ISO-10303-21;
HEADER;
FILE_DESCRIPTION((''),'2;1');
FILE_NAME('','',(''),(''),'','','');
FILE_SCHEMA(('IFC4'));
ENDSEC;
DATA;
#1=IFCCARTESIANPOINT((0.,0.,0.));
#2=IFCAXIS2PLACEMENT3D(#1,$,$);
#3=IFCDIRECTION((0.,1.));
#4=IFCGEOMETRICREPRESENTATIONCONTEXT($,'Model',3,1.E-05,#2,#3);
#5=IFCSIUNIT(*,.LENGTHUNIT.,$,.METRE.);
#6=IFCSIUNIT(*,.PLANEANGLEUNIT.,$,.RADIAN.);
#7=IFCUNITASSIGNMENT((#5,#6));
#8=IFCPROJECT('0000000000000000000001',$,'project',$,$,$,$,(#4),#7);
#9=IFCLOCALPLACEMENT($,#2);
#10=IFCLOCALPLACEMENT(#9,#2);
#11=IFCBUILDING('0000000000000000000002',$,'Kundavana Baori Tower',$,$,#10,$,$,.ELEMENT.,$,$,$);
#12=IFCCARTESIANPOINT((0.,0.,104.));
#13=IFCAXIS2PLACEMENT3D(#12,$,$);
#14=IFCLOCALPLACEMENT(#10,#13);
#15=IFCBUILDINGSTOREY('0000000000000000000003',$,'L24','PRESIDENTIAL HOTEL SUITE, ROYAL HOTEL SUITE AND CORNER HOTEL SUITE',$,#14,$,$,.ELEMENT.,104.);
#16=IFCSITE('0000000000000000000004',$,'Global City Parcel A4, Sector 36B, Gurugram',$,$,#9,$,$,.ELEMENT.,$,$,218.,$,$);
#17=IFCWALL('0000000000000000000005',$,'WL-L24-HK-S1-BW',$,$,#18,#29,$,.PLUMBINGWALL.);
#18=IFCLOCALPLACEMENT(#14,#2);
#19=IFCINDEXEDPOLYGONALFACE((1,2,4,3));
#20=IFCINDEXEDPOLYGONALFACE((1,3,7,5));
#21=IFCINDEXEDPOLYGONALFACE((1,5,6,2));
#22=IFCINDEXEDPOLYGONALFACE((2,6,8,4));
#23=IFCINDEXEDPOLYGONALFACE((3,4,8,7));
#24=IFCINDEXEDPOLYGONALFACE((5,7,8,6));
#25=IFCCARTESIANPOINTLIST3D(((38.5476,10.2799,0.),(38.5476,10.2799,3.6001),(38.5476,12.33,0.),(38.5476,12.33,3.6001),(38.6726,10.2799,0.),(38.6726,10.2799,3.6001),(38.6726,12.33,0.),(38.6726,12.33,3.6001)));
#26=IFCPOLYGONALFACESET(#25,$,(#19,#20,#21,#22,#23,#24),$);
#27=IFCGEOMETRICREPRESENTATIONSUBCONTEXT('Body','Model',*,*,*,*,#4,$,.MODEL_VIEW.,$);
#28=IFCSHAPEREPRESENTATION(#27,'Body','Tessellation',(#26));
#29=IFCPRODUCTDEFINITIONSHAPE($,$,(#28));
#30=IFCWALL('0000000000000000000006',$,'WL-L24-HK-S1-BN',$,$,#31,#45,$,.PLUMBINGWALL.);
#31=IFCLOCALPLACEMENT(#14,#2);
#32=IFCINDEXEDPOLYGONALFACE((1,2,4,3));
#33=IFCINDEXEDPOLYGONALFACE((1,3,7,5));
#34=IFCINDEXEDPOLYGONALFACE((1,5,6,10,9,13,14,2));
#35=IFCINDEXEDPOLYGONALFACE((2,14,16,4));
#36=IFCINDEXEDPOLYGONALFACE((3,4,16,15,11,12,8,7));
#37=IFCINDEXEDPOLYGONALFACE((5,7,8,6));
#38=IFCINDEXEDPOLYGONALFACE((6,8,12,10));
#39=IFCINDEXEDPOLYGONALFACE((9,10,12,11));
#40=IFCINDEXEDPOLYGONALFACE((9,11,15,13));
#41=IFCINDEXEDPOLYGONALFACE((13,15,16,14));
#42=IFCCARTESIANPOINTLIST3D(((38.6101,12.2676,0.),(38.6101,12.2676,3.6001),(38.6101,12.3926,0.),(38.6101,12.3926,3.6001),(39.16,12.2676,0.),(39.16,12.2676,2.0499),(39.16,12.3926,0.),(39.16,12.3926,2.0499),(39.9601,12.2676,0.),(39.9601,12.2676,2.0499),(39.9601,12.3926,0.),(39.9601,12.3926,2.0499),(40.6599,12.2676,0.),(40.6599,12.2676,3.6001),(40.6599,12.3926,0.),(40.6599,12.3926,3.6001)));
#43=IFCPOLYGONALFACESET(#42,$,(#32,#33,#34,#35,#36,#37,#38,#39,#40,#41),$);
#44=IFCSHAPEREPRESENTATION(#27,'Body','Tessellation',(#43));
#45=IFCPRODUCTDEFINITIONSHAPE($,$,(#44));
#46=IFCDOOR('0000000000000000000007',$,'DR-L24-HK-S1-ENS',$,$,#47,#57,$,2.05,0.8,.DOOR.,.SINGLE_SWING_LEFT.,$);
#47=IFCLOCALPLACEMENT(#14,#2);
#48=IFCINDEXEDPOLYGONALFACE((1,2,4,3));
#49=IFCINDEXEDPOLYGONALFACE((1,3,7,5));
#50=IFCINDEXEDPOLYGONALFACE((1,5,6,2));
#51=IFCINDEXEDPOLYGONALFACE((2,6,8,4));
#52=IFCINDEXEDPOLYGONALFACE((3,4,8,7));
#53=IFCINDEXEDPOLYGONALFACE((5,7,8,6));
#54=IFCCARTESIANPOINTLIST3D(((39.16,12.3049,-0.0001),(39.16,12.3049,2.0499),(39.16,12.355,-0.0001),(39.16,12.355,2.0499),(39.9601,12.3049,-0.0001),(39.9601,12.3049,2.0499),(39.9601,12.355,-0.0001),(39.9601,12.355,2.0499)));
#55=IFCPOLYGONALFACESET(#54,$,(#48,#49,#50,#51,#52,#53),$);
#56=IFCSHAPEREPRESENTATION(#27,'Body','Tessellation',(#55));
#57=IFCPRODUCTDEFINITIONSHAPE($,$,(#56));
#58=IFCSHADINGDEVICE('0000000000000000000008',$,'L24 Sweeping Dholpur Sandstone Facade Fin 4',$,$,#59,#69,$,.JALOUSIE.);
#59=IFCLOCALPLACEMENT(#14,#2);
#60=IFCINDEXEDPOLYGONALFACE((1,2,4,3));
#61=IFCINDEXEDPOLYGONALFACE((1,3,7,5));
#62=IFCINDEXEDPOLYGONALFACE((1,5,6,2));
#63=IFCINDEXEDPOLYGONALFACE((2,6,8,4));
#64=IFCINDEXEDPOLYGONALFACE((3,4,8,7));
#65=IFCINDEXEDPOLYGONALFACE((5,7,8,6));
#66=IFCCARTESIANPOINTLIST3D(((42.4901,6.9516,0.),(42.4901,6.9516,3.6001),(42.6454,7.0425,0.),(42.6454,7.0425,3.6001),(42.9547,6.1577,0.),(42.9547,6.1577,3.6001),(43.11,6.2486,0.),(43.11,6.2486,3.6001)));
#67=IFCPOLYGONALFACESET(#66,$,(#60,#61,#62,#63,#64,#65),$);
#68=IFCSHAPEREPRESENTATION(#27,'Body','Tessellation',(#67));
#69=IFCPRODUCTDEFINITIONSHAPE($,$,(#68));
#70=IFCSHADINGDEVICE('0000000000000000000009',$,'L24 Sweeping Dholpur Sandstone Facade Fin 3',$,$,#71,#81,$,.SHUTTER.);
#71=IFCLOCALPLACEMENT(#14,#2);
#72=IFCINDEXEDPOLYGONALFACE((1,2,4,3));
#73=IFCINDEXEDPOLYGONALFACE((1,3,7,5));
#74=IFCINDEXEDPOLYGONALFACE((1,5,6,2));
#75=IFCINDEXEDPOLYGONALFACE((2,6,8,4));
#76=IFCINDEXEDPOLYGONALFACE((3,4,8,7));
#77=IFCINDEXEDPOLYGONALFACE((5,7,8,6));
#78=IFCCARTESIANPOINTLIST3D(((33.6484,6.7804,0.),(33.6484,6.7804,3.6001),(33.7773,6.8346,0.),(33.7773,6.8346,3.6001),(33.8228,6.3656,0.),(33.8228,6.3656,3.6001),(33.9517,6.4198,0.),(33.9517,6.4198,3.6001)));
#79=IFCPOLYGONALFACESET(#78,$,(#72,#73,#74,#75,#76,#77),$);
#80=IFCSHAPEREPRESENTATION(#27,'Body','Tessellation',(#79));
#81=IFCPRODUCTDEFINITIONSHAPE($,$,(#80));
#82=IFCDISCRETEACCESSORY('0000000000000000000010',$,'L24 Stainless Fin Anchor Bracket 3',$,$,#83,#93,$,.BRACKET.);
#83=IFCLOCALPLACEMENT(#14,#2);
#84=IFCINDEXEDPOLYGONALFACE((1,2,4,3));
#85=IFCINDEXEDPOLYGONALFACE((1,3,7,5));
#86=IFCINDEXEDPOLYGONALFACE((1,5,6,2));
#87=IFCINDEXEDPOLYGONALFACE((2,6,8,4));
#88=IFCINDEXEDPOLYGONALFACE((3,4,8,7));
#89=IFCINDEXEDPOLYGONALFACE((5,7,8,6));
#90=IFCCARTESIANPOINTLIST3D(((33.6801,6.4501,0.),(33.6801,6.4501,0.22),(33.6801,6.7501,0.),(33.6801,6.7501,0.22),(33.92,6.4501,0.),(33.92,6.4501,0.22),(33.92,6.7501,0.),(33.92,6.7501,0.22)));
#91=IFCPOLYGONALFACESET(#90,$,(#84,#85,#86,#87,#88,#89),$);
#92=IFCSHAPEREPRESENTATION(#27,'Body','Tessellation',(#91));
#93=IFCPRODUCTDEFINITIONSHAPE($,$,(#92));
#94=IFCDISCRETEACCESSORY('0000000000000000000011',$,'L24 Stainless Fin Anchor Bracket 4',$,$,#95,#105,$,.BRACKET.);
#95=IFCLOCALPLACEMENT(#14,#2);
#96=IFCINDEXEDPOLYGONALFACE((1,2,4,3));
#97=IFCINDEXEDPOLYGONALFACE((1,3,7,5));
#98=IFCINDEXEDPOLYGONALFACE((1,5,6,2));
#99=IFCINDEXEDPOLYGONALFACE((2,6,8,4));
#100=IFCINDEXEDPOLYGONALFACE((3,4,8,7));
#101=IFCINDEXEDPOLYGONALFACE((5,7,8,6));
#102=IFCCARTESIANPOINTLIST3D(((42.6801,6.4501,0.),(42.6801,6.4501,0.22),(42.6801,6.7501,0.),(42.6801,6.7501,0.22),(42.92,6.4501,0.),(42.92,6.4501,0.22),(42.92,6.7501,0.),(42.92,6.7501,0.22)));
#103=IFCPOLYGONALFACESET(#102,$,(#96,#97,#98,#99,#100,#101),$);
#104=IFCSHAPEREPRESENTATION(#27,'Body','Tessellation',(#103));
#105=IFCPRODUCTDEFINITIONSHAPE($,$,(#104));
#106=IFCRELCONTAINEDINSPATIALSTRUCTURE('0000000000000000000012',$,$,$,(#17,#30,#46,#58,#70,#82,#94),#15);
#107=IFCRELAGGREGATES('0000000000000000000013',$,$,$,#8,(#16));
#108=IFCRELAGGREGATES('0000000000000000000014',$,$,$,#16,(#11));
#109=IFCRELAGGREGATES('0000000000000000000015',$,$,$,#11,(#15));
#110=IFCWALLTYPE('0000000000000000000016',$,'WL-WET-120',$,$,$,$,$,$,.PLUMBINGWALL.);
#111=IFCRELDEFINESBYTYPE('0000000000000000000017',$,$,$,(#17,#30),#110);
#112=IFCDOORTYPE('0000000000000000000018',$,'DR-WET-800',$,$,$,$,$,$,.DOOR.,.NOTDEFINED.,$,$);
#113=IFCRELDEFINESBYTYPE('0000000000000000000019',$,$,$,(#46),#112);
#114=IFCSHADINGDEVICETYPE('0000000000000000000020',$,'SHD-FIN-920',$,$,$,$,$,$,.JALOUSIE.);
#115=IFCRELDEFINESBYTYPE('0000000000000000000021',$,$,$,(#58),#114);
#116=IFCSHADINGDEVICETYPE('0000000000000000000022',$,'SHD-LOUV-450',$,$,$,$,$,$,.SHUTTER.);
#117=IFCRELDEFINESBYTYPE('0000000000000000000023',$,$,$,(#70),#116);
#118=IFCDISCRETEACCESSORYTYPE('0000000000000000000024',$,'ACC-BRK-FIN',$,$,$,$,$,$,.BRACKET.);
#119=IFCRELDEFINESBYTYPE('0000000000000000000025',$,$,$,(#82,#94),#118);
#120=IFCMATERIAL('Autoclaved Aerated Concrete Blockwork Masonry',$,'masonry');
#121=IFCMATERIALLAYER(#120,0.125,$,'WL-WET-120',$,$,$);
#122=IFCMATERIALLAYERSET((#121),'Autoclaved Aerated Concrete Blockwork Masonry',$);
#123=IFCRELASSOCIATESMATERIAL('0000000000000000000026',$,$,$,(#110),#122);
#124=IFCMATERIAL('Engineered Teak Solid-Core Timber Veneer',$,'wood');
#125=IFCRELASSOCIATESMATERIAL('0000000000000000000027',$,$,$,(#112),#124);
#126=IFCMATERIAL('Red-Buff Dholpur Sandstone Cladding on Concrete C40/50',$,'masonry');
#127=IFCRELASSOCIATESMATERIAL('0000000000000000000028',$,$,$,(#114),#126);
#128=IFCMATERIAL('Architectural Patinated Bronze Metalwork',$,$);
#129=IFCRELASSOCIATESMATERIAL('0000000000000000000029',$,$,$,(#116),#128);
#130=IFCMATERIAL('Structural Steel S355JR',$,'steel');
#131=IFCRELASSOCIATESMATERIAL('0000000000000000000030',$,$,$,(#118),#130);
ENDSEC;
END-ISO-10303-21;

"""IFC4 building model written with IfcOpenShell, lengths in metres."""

from ifc_helpers import new_model, si_unit, direction, frame, frame_2d, origin, origin_2d, place, context, subcontext, project, spatial, rectangle, extrude, material, layer, layer_set, type_object, element, fill, save


model = new_model("IFC4")

# Units and contexts
model_context = context("Model", 3, precision=1e-05, world=origin(), true_north=direction((0.0, 1.0)))
body_context = subcontext(model_context, "Body", "Model", "MODEL_VIEW")
ifc_project = project(units=[si_unit("LENGTHUNIT", "METRE"), si_unit("PLANEANGLEUNIT", "RADIAN")], contexts=[model_context])

# Site, building, storey
site_placement = place(None, origin())
site = spatial("IfcSite", under=ifc_project, at=site_placement, Name="Global City Parcel A4, Sector 36B, Gurugram", CompositionType="ELEMENT", RefElevation=218.0)
building_placement = place(site_placement, origin())
building = spatial("IfcBuilding", under=site, at=building_placement, Name="Kundavana Baori Tower", CompositionType="ELEMENT")
storey_placement = place(building_placement, frame((0.0, 0.0, 104.0)))
storey = spatial("IfcBuildingStorey", under=building, at=storey_placement, Name="L24", Description="PRESIDENTIAL HOTEL SUITE, ROYAL HOTEL SUITE AND CORNER HOTEL SUITE", CompositionType="ELEMENT", Elevation=104.0)

# Wall
ifc_material_1 = material(Name="Autoclaved Aerated Concrete Blockwork Masonry", Category="masonry")
ifc_layer_1 = layer(ifc_material_1, 0.125, Name="WL-WET-120")
ifc_layer_set_1 = layer_set([ifc_layer_1], Name="Autoclaved Aerated Concrete Blockwork Masonry")
wall_type_1 = type_object("IfcWallType", Name="WL-WET-120", PredefinedType="PLUMBINGWALL", material=ifc_layer_set_1)
wall_1_placement = place(storey_placement, frame((38.6101, 10.28, 0.0), z_axis=(0.0, 0.0, 1.0), x_axis=(0.0, 1.0, 0.0)))
element("IfcWall", 1, at=wall_1_placement, inside=storey, type_object=wall_type_1, Name="WL-L24-HK-S1-BW", PredefinedType="PLUMBINGWALL", context=body_context, shape_type="SweptSolid", body=[
    extrude(rectangle(XDim=2.05, YDim=0.125, at=frame_2d((1.0249, 0.0))), origin(), (0.0, 0.0, 1.0), 3.6001),
])

# Wall, opening, door
wall_2_placement = place(storey_placement, frame((38.6101, 12.3301, 0.0), z_axis=(0.0, 0.0, 1.0), x_axis=(1.0, 0.0, 0.0)))
wall_2 = element("IfcWall", 2, at=wall_2_placement, inside=storey, type_object=wall_type_1, Name="WL-L24-HK-S1-BN", PredefinedType="PLUMBINGWALL", context=body_context, shape_type="SweptSolid", body=[
    extrude(rectangle(XDim=2.0498, YDim=0.125, at=frame_2d((1.0249, 0.0))), origin(), (0.0, 0.0, 1.0), 3.6001),
])
opening_1_placement = place(wall_2_placement, frame((0.55, 0.0, 0.0)))
opening_1 = element("IfcOpeningElement", 3, at=opening_1_placement, cuts=wall_2, PredefinedType="OPENING", context=body_context, shape_type="SweptSolid", body=[
    extrude(rectangle(XDim=0.8, YDim=2.05, at=frame_2d((0.3999, 1.0249))), frame((0.0, 0.0725, 0.0), z_axis=(0.0, -1.0, 0.0), x_axis=(1.0, 0.0, 0.0)), (0.0, 0.0, 1.0), 0.145),
])
ifc_material_2 = material(Name="Engineered Teak Solid-Core Timber Veneer", Category="wood")
door_type_1 = type_object("IfcDoorType", Name="DR-WET-800", OperationType="NOTDEFINED", PredefinedType="DOOR", material=ifc_material_2)
door_1_placement = place(opening_1_placement, origin())
door_1 = element("IfcDoor", 4, at=door_1_placement, inside=storey, type_object=door_type_1, Name="DR-L24-HK-S1-ENS", OperationType="SINGLE_SWING_LEFT", OverallHeight=2.05, OverallWidth=0.8, PredefinedType="DOOR", context=body_context, shape_type="SweptSolid", body=[
    extrude(rectangle(XDim=0.8, YDim=2.05, at=frame_2d((0.3999, 1.0249))), frame((0.0, 0.0249, 0.0), z_axis=(0.0, -1.0, 0.0), x_axis=(1.0, 0.0, 0.0)), (0.0, 0.0, 1.0), 0.05),
])
fill(opening_1, door_1)

# Shading devices
ifc_material_3 = material(Name="Red-Buff Dholpur Sandstone Cladding on Concrete C40/50", Category="masonry")
shading_device_type_1 = type_object("IfcShadingDeviceType", Name="SHD-FIN-920", PredefinedType="JALOUSIE", material=ifc_material_3)
shading_device_1_placement = place(storey_placement, frame((42.8, 6.6001, 0.0), z_axis=(0.0, 0.0, 1.0), x_axis=(0.863043, 0.50513, 0.0)))
element("IfcShadingDevice", 5, at=shading_device_1_placement, inside=storey, type_object=shading_device_type_1, Name="L24 Sweeping Dholpur Sandstone Facade Fin 4", PredefinedType="JALOUSIE", context=body_context, shape_type="SweptSolid", body=[
    extrude(rectangle(XDim=0.1799, YDim=0.9199, at=origin_2d()), origin(), (0.0, 0.0, 1.0), 3.6001),
])
ifc_material_4 = material(Name="Architectural Patinated Bronze Metalwork")
shading_device_type_2 = type_object("IfcShadingDeviceType", Name="SHD-LOUV-450", PredefinedType="SHUTTER", material=ifc_material_4)
shading_device_2_placement = place(storey_placement, frame((33.8, 6.6001, 0.0), z_axis=(0.0, 0.0, 1.0), x_axis=(0.921796, 0.387676, 0.0)))
element("IfcShadingDevice", 6, at=shading_device_2_placement, inside=storey, type_object=shading_device_type_2, Name="L24 Sweeping Dholpur Sandstone Facade Fin 3", PredefinedType="SHUTTER", context=body_context, shape_type="SweptSolid", body=[
    extrude(rectangle(XDim=0.1399, YDim=0.45, at=origin_2d()), origin(), (0.0, 0.0, 1.0), 3.6001),
])

# Discrete accessories
ifc_material_5 = material(Name="Structural Steel S355JR", Category="steel")
discrete_accessory_type = type_object("IfcDiscreteAccessoryType", Name="ACC-BRK-FIN", PredefinedType="BRACKET", material=ifc_material_5)
for number, where, z_axis, x_axis, name in (
    (7, (33.8, 6.6001, 0.0), (0.0, 0.0, 1.0), (1.0, 0.0, 0.0), "L24 Stainless Fin Anchor Bracket 3"),
    (8, (42.8, 6.6001, 0.0), (0.0, 0.0, 1.0), (1.0, 0.0, 0.0), "L24 Stainless Fin Anchor Bracket 4"),
):
    element("IfcDiscreteAccessory", number, at=place(storey_placement, frame(where, z_axis=z_axis, x_axis=x_axis)), inside=storey, type_object=discrete_accessory_type, Name=name, PredefinedType="BRACKET", context=body_context, shape_type="SweptSolid", body=[
        extrude(rectangle(XDim=0.24, YDim=0.3, at=origin_2d()), origin(), (0.0, 0.0, 1.0), 0.22),
    ])

save(model, "model.ifc")
